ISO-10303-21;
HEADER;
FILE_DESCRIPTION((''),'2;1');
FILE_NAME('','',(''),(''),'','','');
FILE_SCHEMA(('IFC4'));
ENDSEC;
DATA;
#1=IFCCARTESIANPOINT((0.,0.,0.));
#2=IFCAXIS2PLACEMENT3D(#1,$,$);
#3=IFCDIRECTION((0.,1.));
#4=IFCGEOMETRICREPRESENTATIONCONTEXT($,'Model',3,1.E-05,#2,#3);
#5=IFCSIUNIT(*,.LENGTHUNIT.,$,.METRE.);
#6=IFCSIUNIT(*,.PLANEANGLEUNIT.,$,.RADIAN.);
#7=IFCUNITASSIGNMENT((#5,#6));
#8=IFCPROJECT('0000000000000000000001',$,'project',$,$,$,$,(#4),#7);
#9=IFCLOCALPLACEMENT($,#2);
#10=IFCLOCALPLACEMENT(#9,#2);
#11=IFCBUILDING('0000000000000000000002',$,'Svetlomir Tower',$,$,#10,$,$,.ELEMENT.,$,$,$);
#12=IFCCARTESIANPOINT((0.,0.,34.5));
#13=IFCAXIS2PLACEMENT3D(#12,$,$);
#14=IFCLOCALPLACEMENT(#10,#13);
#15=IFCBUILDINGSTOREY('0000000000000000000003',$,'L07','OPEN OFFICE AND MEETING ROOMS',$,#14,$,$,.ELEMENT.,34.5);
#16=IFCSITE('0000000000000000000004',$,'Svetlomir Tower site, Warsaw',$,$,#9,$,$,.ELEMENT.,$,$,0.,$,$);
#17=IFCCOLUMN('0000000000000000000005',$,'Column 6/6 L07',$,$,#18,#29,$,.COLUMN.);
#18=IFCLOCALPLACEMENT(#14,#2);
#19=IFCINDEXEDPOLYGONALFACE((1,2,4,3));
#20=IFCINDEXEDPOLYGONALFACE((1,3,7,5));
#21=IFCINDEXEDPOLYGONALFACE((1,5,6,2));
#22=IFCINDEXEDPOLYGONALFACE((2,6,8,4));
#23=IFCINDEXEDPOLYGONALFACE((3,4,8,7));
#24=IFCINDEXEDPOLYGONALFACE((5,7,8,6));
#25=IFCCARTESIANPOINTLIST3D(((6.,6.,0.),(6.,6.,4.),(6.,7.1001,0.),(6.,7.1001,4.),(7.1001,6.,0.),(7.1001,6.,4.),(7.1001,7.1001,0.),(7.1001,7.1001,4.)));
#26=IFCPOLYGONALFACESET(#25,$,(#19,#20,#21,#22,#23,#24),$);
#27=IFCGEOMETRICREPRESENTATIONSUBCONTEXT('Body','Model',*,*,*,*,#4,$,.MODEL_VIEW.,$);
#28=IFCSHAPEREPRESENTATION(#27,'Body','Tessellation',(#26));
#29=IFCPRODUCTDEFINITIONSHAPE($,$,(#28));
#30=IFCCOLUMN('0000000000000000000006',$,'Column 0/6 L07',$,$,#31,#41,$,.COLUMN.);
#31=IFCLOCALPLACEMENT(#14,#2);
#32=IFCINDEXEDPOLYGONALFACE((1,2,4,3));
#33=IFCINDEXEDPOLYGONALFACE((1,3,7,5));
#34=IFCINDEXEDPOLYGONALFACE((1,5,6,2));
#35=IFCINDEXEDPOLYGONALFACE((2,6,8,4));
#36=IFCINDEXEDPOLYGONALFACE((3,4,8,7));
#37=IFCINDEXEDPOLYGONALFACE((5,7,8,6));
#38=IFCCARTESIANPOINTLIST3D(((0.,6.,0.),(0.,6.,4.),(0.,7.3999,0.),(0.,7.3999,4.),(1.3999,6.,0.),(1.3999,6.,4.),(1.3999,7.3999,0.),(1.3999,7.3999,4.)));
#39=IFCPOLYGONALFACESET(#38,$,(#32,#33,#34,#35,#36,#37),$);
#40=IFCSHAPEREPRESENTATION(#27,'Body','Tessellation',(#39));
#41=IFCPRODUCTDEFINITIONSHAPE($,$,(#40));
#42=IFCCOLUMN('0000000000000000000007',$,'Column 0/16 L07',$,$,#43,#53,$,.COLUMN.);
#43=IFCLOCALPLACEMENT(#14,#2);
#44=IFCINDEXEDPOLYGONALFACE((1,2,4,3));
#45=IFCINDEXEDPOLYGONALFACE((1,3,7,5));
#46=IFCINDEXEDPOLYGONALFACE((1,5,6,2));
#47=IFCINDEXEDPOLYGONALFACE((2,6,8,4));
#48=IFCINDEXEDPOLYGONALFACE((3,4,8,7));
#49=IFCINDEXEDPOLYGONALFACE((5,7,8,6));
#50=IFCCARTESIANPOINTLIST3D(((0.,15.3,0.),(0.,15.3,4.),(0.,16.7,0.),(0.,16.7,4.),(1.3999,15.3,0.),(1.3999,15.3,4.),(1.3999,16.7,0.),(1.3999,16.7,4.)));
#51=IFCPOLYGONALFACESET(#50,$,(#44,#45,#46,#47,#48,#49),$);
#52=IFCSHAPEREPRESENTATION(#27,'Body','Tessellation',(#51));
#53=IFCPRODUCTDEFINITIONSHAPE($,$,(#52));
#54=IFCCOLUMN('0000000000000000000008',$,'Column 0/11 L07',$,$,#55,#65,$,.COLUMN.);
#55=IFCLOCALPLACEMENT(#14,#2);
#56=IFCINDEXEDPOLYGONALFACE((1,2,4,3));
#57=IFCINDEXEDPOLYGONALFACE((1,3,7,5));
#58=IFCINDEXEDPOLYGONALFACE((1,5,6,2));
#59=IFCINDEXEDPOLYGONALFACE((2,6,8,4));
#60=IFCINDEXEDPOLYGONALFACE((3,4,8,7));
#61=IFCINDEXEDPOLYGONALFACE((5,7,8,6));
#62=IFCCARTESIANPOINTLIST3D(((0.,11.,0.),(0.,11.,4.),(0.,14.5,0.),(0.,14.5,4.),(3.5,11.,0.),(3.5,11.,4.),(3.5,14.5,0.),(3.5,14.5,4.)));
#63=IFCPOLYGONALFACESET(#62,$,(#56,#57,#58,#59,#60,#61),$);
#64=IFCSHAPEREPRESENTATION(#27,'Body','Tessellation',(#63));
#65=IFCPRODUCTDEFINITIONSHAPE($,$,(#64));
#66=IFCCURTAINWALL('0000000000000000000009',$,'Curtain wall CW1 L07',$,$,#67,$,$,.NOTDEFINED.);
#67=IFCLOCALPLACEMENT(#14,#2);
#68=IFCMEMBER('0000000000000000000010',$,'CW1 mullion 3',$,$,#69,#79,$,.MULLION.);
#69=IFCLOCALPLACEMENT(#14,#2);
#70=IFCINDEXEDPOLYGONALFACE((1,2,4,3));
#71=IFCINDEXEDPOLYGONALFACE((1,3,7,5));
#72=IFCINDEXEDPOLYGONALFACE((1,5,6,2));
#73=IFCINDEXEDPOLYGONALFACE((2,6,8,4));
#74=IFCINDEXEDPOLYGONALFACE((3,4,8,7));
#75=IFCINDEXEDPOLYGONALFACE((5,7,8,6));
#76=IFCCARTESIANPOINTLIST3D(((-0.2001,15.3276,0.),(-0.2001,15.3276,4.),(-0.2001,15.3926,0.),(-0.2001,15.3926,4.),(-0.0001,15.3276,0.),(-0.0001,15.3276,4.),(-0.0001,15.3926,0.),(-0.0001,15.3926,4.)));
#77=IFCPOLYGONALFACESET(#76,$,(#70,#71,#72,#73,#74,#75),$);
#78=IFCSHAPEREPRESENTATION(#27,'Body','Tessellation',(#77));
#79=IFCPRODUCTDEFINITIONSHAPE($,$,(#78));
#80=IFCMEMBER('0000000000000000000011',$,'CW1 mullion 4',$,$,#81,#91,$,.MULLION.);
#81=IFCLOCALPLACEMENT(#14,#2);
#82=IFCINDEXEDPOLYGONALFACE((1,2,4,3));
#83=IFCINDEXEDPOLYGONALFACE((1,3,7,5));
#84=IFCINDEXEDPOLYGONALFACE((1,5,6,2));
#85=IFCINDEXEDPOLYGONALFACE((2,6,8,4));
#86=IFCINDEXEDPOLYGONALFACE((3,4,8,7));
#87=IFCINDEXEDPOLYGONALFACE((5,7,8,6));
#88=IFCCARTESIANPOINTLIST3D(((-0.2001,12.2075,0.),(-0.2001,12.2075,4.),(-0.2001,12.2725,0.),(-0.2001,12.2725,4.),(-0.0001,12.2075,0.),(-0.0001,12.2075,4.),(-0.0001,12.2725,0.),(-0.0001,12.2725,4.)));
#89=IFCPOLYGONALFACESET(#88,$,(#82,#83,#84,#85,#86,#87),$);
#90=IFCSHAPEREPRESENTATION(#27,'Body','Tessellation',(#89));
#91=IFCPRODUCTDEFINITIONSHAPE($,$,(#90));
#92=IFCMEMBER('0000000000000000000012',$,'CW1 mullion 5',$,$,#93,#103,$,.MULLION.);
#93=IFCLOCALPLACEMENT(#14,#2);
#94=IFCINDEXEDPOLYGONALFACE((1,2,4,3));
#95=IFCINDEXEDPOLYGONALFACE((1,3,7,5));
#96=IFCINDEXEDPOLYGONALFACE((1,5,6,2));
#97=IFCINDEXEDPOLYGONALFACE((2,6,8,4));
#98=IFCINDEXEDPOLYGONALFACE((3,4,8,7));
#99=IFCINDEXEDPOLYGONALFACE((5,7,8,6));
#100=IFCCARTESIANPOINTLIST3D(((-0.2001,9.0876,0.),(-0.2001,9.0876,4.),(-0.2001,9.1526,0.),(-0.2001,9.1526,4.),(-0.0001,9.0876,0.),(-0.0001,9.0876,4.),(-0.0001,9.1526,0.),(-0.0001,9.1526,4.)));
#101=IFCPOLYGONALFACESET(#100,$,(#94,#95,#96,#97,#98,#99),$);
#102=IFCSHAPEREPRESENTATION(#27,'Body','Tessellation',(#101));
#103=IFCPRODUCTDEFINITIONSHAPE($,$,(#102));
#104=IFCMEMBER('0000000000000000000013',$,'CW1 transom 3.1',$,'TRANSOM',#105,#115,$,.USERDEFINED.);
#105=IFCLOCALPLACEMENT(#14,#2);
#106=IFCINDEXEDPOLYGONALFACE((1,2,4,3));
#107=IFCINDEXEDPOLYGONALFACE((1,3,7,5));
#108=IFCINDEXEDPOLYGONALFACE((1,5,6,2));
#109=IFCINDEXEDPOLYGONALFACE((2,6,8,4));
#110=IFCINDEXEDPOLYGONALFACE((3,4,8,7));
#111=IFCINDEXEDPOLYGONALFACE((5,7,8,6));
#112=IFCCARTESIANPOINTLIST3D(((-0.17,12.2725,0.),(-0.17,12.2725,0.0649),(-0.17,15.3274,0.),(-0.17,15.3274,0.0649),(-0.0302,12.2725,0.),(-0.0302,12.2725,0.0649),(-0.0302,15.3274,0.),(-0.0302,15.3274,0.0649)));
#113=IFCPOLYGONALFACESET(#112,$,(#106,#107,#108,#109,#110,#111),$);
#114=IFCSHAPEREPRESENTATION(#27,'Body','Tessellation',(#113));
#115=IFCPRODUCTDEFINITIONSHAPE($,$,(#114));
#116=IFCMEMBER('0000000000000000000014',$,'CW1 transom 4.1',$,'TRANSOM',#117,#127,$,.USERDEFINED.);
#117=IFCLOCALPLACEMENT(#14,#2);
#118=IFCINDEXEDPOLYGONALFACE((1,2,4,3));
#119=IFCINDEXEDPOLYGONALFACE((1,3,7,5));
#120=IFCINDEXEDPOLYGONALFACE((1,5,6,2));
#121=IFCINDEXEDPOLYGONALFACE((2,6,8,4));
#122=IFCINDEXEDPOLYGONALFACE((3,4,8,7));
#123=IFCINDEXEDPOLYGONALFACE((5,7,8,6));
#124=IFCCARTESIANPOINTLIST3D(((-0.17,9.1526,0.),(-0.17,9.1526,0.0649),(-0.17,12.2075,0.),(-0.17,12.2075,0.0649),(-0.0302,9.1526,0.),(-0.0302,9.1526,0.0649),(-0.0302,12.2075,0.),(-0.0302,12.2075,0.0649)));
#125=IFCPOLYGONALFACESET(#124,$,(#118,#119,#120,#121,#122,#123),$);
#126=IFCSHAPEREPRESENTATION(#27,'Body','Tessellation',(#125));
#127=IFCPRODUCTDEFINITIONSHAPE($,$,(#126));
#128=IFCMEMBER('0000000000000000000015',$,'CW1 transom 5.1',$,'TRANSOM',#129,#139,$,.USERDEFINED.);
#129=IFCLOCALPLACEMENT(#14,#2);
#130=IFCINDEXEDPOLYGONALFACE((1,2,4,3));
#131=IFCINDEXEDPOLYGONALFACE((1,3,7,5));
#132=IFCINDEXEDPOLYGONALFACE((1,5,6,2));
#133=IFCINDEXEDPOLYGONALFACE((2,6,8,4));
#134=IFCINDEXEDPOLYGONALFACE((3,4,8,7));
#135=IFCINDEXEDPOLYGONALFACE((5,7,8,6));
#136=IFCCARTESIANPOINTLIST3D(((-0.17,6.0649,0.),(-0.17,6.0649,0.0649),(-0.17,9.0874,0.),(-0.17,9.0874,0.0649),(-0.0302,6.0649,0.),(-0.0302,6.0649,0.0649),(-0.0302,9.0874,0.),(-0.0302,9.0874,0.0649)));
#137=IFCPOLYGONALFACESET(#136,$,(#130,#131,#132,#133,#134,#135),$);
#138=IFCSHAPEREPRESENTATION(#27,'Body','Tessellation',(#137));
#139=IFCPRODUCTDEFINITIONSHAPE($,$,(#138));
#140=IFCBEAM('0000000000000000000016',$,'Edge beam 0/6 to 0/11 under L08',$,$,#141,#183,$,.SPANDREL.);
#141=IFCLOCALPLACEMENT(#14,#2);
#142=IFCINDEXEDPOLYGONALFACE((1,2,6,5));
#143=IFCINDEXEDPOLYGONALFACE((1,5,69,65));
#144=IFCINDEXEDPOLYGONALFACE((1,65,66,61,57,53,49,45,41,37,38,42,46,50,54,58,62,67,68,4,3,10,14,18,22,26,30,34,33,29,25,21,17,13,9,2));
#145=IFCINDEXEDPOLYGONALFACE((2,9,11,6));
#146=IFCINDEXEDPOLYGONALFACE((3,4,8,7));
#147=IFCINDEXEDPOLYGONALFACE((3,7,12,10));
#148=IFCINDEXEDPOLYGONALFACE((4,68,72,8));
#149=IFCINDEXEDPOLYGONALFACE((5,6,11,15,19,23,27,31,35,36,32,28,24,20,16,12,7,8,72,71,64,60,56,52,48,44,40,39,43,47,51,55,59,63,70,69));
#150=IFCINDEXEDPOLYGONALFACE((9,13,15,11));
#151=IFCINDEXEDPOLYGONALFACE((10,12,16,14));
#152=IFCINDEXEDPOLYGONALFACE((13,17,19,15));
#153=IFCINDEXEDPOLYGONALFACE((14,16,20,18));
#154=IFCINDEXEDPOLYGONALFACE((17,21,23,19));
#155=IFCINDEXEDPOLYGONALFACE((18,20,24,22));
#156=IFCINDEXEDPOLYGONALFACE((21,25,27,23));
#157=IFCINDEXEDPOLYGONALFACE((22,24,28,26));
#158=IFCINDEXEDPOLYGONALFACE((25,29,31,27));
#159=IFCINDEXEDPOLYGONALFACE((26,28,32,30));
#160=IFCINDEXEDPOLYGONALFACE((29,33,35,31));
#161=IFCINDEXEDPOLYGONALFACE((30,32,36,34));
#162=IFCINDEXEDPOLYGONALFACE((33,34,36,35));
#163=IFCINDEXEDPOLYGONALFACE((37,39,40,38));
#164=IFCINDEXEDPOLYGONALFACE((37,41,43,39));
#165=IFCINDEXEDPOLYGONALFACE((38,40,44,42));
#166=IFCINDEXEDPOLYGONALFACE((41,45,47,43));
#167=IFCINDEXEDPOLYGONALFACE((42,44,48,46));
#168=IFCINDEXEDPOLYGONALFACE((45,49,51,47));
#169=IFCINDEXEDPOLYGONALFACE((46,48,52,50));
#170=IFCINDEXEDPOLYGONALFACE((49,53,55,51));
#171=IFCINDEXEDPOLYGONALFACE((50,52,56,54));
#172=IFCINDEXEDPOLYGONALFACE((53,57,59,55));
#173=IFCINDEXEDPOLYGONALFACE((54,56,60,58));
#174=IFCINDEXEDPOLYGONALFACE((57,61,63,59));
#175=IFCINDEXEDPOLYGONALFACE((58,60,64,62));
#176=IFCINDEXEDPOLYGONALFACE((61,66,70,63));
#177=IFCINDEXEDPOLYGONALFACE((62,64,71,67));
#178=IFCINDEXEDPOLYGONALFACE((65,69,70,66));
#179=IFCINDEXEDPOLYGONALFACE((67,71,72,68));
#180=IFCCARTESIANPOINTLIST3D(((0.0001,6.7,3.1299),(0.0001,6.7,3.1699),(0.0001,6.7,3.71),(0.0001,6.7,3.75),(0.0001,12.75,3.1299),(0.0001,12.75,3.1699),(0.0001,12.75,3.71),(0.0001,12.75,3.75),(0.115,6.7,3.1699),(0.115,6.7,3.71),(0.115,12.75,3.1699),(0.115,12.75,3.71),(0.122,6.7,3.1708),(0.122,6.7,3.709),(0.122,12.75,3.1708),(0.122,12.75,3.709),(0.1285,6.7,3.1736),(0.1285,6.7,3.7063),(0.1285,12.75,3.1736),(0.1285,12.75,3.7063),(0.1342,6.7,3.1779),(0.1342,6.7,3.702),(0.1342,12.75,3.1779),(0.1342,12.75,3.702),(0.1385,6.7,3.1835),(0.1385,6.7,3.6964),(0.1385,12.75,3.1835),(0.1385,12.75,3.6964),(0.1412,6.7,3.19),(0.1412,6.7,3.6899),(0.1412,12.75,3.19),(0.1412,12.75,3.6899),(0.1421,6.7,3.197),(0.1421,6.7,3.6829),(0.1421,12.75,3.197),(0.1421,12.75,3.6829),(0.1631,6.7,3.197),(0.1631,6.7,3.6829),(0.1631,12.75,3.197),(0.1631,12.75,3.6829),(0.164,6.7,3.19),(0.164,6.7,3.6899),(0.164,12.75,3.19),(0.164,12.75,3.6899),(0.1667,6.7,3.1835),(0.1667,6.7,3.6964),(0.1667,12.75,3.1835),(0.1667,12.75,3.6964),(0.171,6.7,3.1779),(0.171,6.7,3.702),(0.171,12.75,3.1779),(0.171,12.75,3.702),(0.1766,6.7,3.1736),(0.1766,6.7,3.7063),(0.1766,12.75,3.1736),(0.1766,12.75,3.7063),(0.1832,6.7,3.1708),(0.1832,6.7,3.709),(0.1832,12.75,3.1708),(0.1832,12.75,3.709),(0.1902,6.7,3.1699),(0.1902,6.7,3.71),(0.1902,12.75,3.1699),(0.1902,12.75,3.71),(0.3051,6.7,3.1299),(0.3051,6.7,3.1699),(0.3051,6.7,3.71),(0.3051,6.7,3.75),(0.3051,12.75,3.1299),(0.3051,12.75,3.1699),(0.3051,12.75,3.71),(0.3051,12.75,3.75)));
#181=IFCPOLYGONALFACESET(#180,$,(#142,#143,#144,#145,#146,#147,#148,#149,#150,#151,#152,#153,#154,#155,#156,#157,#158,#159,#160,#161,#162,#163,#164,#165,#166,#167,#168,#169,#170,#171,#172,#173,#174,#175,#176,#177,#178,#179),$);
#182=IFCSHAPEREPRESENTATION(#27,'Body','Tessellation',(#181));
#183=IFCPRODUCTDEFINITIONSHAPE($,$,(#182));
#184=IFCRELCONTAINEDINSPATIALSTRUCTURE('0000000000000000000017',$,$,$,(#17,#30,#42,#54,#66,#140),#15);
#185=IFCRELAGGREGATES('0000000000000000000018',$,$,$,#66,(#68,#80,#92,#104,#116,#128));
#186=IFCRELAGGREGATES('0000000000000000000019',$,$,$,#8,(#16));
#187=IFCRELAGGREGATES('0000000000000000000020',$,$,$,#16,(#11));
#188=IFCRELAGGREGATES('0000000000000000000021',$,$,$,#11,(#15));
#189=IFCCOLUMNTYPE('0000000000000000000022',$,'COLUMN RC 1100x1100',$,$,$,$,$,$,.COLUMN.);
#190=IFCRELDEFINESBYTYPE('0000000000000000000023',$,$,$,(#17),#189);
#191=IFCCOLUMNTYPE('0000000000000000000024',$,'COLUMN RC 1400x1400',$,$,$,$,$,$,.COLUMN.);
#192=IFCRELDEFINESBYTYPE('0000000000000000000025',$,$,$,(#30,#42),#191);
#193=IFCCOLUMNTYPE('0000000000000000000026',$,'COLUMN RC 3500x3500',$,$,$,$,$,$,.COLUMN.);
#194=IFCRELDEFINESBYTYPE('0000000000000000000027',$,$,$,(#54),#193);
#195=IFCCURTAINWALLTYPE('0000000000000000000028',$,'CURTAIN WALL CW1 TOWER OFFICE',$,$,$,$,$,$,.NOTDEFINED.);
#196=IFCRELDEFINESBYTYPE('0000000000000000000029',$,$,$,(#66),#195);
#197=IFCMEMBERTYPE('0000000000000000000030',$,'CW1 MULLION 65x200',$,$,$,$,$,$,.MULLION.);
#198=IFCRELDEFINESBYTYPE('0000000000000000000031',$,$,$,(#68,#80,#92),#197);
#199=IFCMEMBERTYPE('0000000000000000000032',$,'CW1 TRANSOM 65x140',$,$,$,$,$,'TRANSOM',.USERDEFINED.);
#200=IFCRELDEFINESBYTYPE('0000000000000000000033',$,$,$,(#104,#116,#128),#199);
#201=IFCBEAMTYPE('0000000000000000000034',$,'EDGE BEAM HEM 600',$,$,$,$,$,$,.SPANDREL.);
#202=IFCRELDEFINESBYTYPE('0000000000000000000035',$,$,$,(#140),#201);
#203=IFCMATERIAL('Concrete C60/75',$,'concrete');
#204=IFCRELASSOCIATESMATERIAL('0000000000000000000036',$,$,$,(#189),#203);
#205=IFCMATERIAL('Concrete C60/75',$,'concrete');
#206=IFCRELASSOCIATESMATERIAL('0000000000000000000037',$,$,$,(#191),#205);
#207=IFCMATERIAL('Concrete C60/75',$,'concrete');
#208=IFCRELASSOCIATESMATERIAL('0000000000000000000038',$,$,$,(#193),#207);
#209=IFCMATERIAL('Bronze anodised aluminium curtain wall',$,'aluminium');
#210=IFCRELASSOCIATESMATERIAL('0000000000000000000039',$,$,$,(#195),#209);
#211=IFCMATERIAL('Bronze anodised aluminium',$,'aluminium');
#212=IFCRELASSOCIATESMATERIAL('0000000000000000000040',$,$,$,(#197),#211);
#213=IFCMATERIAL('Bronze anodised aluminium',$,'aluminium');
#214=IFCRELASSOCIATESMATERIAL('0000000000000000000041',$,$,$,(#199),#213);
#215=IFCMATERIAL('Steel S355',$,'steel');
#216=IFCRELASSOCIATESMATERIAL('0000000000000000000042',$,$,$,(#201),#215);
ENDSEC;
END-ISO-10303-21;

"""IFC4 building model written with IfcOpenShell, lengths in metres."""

from ifc_helpers import new_model, si_unit, direction, frame, origin, origin_2d, place, context, subcontext, project, spatial, rectangle, i_section, extrude, material, material_profile, profile_set, type_object, element, aggregate, save


model = new_model("IFC4")

# Units and contexts
model_context = context("Model", 3, precision=1e-05, world=origin(), true_north=direction((0.0, 1.0)))
body_context = subcontext(model_context, "Body", "Model", "MODEL_VIEW")
ifc_project = project(units=[si_unit("LENGTHUNIT", "METRE"), si_unit("PLANEANGLEUNIT", "RADIAN")], contexts=[model_context])

# Site, building, storey
site_placement = place(None, origin())
site = spatial("IfcSite", under=ifc_project, at=site_placement, Name="Svetlomir Tower site, Warsaw", CompositionType="ELEMENT", RefElevation=0.0)
building_placement = place(site_placement, origin())
building = spatial("IfcBuilding", under=site, at=building_placement, Name="Svetlomir Tower", CompositionType="ELEMENT")
storey_placement = place(building_placement, frame((0.0, 0.0, 34.5)))
storey = spatial("IfcBuildingStorey", under=building, at=storey_placement, Name="L07", Description="OPEN OFFICE AND MEETING ROOMS", CompositionType="ELEMENT", Elevation=34.5)

# Columns
ifc_material_1 = material(Name="Concrete C60/75", Category="concrete")
ifc_material_profile_1 = material_profile(ifc_material_1, rectangle(XDim=1.1001, YDim=1.1001, at=origin_2d()), Name="RC 1100x1100")
ifc_profile_set_1 = profile_set([ifc_material_profile_1], Name="Concrete C60/75")
column_type_1 = type_object("IfcColumnType", Name="COLUMN RC 1100x1100", PredefinedType="COLUMN", material=ifc_profile_set_1)
column_1_placement = place(storey_placement, frame((6.55, 6.55, 0.0), z_axis=(0.0, 0.0, 1.0), x_axis=(1.0, 0.0, 0.0)))
element("IfcColumn", 1, at=column_1_placement, inside=storey, type_object=column_type_1, Name="Column 6/6 L07", PredefinedType="COLUMN", context=body_context, shape_type="SweptSolid", body=[
    extrude(rectangle(XDim=1.1001, YDim=1.1001, at=origin_2d()), origin(), (0.0, 0.0, 1.0), 4.0),
])
ifc_material_2 = material(Name="Concrete C60/75", Category="concrete")
ifc_material_profile_2 = material_profile(ifc_material_2, rectangle(XDim=1.3999, YDim=1.3999, at=origin_2d()), Name="RC 1400x1400")
ifc_profile_set_2 = profile_set([ifc_material_profile_2], Name="Concrete C60/75")
column_type_2 = type_object("IfcColumnType", Name="COLUMN RC 1400x1400", PredefinedType="COLUMN", material=ifc_profile_set_2)
for number, where, z_axis, x_axis, name in (
    (2, (0.7, 6.7, 0.0), (0.0, 0.0, 1.0), (1.0, 0.0, 0.0), "Column 0/6 L07"),
    (3, (0.7, 16.0, 0.0), (0.0, 0.0, 1.0), (1.0, 0.0, 0.0), "Column 0/16 L07"),
):
    element("IfcColumn", number, at=place(storey_placement, frame(where, z_axis=z_axis, x_axis=x_axis)), inside=storey, type_object=column_type_2, Name=name, PredefinedType="COLUMN", context=body_context, shape_type="SweptSolid", body=[
        extrude(rectangle(XDim=1.3999, YDim=1.3999, at=origin_2d()), origin(), (0.0, 0.0, 1.0), 4.0),
    ])
ifc_material_3 = material(Name="Concrete C60/75", Category="concrete")
ifc_material_profile_3 = material_profile(ifc_material_3, rectangle(XDim=3.5, YDim=3.5, at=origin_2d()), Name="RC 3500x3500")
ifc_profile_set_3 = profile_set([ifc_material_profile_3], Name="Concrete C60/75")
column_type_3 = type_object("IfcColumnType", Name="COLUMN RC 3500x3500", PredefinedType="COLUMN", material=ifc_profile_set_3)
column_2_placement = place(storey_placement, frame((1.75, 12.75, 0.0), z_axis=(0.0, 0.0, 1.0), x_axis=(1.0, 0.0, 0.0)))
element("IfcColumn", 4, at=column_2_placement, inside=storey, type_object=column_type_3, Name="Column 0/11 L07", PredefinedType="COLUMN", context=body_context, shape_type="SweptSolid", body=[
    extrude(rectangle(XDim=3.5, YDim=3.5, at=origin_2d()), origin(), (0.0, 0.0, 1.0), 4.0),
])

# Curtain wall, members
ifc_material_4 = material(Name="Bronze anodised aluminium curtain wall", Category="aluminium")
curtain_wall_type = type_object("IfcCurtainWallType", Name="CURTAIN WALL CW1 TOWER OFFICE", PredefinedType="NOTDEFINED", material=ifc_material_4)
curtain_wall_placement = place(storey_placement, origin())
curtain_wall = element("IfcCurtainWall", 5, at=curtain_wall_placement, inside=storey, type_object=curtain_wall_type, Name="Curtain wall CW1 L07", PredefinedType="NOTDEFINED")
ifc_material_5 = material(Name="Bronze anodised aluminium", Category="aluminium")
ifc_material_profile_4 = material_profile(ifc_material_5, rectangle(XDim=0.0649, YDim=0.2, at=origin_2d()), Name="AL 65x200")
ifc_profile_set_4 = profile_set([ifc_material_profile_4], Name="Bronze anodised aluminium 6063-T6")
member_type_1 = type_object("IfcMemberType", Name="CW1 MULLION 65x200", PredefinedType="MULLION", material=ifc_profile_set_4)
member_1_placement = place(storey_placement, frame((-0.1001, 15.3601, 0.0), z_axis=(0.0, 0.0, 1.0), x_axis=(0.0, -1.0, 0.0)))
member_1 = element("IfcMember", 6, at=member_1_placement, type_object=member_type_1, Name="CW1 mullion 3", PredefinedType="MULLION", context=body_context, shape_type="SweptSolid", body=[
    extrude(rectangle(XDim=0.0649, YDim=0.2, at=origin_2d()), origin(), (0.0, 0.0, 1.0), 4.0),
])
member_2_placement = place(storey_placement, frame((-0.1001, 12.24, 0.0), z_axis=(0.0, 0.0, 1.0), x_axis=(0.0, -1.0, 0.0)))
member_2 = element("IfcMember", 7, at=member_2_placement, type_object=member_type_1, Name="CW1 mullion 4", PredefinedType="MULLION", context=body_context, shape_type="SweptSolid", body=[
    extrude(rectangle(XDim=0.0649, YDim=0.2, at=origin_2d()), origin(), (0.0, 0.0, 1.0), 4.0),
])
member_3_placement = place(storey_placement, frame((-0.1001, 9.1201, 0.0), z_axis=(0.0, 0.0, 1.0), x_axis=(0.0, -1.0, 0.0)))
member_3 = element("IfcMember", 8, at=member_3_placement, type_object=member_type_1, Name="CW1 mullion 5", PredefinedType="MULLION", context=body_context, shape_type="SweptSolid", body=[
    extrude(rectangle(XDim=0.0649, YDim=0.2, at=origin_2d()), origin(), (0.0, 0.0, 1.0), 4.0),
])
ifc_material_6 = material(Name="Bronze anodised aluminium", Category="aluminium")
ifc_material_profile_5 = material_profile(ifc_material_6, rectangle(XDim=0.1399, YDim=0.0649, at=origin_2d()), Name="AL 140x65")
ifc_profile_set_5 = profile_set([ifc_material_profile_5], Name="Bronze anodised aluminium 6063-T6")
member_type_2 = type_object("IfcMemberType", Name="CW1 TRANSOM 65x140", ElementType="TRANSOM", PredefinedType="USERDEFINED", material=ifc_profile_set_5)
member_4_placement = place(storey_placement, frame((-0.1001, 15.3274, 0.0325), z_axis=(0.0, -1.0, 0.0), x_axis=(1.0, 0.0, 0.0)))
member_4 = element("IfcMember", 9, at=member_4_placement, type_object=member_type_2, Name="CW1 transom 3.1", ObjectType="TRANSOM", PredefinedType="USERDEFINED", context=body_context, shape_type="SweptSolid", body=[
    extrude(rectangle(XDim=0.1399, YDim=0.0649, at=origin_2d()), origin(), (0.0, 0.0, 1.0), 3.0549),
])
member_5_placement = place(storey_placement, frame((-0.1001, 12.2075, 0.0325), z_axis=(0.0, -1.0, 0.0), x_axis=(1.0, 0.0, 0.0)))
member_5 = element("IfcMember", 10, at=member_5_placement, type_object=member_type_2, Name="CW1 transom 4.1", ObjectType="TRANSOM", PredefinedType="USERDEFINED", context=body_context, shape_type="SweptSolid", body=[
    extrude(rectangle(XDim=0.1399, YDim=0.0649, at=origin_2d()), origin(), (0.0, 0.0, 1.0), 3.0549),
])
member_6_placement = place(storey_placement, frame((-0.1001, 9.0874, 0.0325), z_axis=(0.0, -1.0, 0.0), x_axis=(1.0, 0.0, 0.0)))
member_6 = element("IfcMember", 11, at=member_6_placement, type_object=member_type_2, Name="CW1 transom 5.1", ObjectType="TRANSOM", PredefinedType="USERDEFINED", context=body_context, shape_type="SweptSolid", body=[
    extrude(rectangle(XDim=0.1399, YDim=0.0649, at=origin_2d()), origin(), (0.0, 0.0, 1.0), 3.0225),
])

# Beam
ifc_material_7 = material(Name="Steel S355", Category="steel")
ifc_material_profile_6 = material_profile(ifc_material_7, i_section(OverallWidth=0.3049, OverallDepth=0.6201, WebThickness=0.021, FlangeThickness=0.04, FilletRadius=0.0271, at=origin_2d()), Name="HEM 600")
ifc_profile_set_6 = profile_set([ifc_material_profile_6], Name="Steel S355")
beam_type = type_object("IfcBeamType", Name="EDGE BEAM HEM 600", PredefinedType="SPANDREL", material=ifc_profile_set_6)
beam_1_placement = place(storey_placement, frame((0.1526, 6.7, 3.4399), z_axis=(0.0, 1.0, 0.0), x_axis=(-1.0, 0.0, 0.0)))
element("IfcBeam", 12, at=beam_1_placement, inside=storey, type_object=beam_type, Name="Edge beam 0/6 to 0/11 under L08", PredefinedType="SPANDREL", context=body_context, shape_type="SweptSolid", body=[
    extrude(i_section(OverallWidth=0.3049, OverallDepth=0.6201, WebThickness=0.021, FlangeThickness=0.04, FilletRadius=0.0271, at=origin_2d()), origin(), (0.0, 0.0, 1.0), 6.05),
])

aggregate(curtain_wall, [member_1, member_2, member_3, member_4, member_5, member_6])

save(model, "model.ifc")
